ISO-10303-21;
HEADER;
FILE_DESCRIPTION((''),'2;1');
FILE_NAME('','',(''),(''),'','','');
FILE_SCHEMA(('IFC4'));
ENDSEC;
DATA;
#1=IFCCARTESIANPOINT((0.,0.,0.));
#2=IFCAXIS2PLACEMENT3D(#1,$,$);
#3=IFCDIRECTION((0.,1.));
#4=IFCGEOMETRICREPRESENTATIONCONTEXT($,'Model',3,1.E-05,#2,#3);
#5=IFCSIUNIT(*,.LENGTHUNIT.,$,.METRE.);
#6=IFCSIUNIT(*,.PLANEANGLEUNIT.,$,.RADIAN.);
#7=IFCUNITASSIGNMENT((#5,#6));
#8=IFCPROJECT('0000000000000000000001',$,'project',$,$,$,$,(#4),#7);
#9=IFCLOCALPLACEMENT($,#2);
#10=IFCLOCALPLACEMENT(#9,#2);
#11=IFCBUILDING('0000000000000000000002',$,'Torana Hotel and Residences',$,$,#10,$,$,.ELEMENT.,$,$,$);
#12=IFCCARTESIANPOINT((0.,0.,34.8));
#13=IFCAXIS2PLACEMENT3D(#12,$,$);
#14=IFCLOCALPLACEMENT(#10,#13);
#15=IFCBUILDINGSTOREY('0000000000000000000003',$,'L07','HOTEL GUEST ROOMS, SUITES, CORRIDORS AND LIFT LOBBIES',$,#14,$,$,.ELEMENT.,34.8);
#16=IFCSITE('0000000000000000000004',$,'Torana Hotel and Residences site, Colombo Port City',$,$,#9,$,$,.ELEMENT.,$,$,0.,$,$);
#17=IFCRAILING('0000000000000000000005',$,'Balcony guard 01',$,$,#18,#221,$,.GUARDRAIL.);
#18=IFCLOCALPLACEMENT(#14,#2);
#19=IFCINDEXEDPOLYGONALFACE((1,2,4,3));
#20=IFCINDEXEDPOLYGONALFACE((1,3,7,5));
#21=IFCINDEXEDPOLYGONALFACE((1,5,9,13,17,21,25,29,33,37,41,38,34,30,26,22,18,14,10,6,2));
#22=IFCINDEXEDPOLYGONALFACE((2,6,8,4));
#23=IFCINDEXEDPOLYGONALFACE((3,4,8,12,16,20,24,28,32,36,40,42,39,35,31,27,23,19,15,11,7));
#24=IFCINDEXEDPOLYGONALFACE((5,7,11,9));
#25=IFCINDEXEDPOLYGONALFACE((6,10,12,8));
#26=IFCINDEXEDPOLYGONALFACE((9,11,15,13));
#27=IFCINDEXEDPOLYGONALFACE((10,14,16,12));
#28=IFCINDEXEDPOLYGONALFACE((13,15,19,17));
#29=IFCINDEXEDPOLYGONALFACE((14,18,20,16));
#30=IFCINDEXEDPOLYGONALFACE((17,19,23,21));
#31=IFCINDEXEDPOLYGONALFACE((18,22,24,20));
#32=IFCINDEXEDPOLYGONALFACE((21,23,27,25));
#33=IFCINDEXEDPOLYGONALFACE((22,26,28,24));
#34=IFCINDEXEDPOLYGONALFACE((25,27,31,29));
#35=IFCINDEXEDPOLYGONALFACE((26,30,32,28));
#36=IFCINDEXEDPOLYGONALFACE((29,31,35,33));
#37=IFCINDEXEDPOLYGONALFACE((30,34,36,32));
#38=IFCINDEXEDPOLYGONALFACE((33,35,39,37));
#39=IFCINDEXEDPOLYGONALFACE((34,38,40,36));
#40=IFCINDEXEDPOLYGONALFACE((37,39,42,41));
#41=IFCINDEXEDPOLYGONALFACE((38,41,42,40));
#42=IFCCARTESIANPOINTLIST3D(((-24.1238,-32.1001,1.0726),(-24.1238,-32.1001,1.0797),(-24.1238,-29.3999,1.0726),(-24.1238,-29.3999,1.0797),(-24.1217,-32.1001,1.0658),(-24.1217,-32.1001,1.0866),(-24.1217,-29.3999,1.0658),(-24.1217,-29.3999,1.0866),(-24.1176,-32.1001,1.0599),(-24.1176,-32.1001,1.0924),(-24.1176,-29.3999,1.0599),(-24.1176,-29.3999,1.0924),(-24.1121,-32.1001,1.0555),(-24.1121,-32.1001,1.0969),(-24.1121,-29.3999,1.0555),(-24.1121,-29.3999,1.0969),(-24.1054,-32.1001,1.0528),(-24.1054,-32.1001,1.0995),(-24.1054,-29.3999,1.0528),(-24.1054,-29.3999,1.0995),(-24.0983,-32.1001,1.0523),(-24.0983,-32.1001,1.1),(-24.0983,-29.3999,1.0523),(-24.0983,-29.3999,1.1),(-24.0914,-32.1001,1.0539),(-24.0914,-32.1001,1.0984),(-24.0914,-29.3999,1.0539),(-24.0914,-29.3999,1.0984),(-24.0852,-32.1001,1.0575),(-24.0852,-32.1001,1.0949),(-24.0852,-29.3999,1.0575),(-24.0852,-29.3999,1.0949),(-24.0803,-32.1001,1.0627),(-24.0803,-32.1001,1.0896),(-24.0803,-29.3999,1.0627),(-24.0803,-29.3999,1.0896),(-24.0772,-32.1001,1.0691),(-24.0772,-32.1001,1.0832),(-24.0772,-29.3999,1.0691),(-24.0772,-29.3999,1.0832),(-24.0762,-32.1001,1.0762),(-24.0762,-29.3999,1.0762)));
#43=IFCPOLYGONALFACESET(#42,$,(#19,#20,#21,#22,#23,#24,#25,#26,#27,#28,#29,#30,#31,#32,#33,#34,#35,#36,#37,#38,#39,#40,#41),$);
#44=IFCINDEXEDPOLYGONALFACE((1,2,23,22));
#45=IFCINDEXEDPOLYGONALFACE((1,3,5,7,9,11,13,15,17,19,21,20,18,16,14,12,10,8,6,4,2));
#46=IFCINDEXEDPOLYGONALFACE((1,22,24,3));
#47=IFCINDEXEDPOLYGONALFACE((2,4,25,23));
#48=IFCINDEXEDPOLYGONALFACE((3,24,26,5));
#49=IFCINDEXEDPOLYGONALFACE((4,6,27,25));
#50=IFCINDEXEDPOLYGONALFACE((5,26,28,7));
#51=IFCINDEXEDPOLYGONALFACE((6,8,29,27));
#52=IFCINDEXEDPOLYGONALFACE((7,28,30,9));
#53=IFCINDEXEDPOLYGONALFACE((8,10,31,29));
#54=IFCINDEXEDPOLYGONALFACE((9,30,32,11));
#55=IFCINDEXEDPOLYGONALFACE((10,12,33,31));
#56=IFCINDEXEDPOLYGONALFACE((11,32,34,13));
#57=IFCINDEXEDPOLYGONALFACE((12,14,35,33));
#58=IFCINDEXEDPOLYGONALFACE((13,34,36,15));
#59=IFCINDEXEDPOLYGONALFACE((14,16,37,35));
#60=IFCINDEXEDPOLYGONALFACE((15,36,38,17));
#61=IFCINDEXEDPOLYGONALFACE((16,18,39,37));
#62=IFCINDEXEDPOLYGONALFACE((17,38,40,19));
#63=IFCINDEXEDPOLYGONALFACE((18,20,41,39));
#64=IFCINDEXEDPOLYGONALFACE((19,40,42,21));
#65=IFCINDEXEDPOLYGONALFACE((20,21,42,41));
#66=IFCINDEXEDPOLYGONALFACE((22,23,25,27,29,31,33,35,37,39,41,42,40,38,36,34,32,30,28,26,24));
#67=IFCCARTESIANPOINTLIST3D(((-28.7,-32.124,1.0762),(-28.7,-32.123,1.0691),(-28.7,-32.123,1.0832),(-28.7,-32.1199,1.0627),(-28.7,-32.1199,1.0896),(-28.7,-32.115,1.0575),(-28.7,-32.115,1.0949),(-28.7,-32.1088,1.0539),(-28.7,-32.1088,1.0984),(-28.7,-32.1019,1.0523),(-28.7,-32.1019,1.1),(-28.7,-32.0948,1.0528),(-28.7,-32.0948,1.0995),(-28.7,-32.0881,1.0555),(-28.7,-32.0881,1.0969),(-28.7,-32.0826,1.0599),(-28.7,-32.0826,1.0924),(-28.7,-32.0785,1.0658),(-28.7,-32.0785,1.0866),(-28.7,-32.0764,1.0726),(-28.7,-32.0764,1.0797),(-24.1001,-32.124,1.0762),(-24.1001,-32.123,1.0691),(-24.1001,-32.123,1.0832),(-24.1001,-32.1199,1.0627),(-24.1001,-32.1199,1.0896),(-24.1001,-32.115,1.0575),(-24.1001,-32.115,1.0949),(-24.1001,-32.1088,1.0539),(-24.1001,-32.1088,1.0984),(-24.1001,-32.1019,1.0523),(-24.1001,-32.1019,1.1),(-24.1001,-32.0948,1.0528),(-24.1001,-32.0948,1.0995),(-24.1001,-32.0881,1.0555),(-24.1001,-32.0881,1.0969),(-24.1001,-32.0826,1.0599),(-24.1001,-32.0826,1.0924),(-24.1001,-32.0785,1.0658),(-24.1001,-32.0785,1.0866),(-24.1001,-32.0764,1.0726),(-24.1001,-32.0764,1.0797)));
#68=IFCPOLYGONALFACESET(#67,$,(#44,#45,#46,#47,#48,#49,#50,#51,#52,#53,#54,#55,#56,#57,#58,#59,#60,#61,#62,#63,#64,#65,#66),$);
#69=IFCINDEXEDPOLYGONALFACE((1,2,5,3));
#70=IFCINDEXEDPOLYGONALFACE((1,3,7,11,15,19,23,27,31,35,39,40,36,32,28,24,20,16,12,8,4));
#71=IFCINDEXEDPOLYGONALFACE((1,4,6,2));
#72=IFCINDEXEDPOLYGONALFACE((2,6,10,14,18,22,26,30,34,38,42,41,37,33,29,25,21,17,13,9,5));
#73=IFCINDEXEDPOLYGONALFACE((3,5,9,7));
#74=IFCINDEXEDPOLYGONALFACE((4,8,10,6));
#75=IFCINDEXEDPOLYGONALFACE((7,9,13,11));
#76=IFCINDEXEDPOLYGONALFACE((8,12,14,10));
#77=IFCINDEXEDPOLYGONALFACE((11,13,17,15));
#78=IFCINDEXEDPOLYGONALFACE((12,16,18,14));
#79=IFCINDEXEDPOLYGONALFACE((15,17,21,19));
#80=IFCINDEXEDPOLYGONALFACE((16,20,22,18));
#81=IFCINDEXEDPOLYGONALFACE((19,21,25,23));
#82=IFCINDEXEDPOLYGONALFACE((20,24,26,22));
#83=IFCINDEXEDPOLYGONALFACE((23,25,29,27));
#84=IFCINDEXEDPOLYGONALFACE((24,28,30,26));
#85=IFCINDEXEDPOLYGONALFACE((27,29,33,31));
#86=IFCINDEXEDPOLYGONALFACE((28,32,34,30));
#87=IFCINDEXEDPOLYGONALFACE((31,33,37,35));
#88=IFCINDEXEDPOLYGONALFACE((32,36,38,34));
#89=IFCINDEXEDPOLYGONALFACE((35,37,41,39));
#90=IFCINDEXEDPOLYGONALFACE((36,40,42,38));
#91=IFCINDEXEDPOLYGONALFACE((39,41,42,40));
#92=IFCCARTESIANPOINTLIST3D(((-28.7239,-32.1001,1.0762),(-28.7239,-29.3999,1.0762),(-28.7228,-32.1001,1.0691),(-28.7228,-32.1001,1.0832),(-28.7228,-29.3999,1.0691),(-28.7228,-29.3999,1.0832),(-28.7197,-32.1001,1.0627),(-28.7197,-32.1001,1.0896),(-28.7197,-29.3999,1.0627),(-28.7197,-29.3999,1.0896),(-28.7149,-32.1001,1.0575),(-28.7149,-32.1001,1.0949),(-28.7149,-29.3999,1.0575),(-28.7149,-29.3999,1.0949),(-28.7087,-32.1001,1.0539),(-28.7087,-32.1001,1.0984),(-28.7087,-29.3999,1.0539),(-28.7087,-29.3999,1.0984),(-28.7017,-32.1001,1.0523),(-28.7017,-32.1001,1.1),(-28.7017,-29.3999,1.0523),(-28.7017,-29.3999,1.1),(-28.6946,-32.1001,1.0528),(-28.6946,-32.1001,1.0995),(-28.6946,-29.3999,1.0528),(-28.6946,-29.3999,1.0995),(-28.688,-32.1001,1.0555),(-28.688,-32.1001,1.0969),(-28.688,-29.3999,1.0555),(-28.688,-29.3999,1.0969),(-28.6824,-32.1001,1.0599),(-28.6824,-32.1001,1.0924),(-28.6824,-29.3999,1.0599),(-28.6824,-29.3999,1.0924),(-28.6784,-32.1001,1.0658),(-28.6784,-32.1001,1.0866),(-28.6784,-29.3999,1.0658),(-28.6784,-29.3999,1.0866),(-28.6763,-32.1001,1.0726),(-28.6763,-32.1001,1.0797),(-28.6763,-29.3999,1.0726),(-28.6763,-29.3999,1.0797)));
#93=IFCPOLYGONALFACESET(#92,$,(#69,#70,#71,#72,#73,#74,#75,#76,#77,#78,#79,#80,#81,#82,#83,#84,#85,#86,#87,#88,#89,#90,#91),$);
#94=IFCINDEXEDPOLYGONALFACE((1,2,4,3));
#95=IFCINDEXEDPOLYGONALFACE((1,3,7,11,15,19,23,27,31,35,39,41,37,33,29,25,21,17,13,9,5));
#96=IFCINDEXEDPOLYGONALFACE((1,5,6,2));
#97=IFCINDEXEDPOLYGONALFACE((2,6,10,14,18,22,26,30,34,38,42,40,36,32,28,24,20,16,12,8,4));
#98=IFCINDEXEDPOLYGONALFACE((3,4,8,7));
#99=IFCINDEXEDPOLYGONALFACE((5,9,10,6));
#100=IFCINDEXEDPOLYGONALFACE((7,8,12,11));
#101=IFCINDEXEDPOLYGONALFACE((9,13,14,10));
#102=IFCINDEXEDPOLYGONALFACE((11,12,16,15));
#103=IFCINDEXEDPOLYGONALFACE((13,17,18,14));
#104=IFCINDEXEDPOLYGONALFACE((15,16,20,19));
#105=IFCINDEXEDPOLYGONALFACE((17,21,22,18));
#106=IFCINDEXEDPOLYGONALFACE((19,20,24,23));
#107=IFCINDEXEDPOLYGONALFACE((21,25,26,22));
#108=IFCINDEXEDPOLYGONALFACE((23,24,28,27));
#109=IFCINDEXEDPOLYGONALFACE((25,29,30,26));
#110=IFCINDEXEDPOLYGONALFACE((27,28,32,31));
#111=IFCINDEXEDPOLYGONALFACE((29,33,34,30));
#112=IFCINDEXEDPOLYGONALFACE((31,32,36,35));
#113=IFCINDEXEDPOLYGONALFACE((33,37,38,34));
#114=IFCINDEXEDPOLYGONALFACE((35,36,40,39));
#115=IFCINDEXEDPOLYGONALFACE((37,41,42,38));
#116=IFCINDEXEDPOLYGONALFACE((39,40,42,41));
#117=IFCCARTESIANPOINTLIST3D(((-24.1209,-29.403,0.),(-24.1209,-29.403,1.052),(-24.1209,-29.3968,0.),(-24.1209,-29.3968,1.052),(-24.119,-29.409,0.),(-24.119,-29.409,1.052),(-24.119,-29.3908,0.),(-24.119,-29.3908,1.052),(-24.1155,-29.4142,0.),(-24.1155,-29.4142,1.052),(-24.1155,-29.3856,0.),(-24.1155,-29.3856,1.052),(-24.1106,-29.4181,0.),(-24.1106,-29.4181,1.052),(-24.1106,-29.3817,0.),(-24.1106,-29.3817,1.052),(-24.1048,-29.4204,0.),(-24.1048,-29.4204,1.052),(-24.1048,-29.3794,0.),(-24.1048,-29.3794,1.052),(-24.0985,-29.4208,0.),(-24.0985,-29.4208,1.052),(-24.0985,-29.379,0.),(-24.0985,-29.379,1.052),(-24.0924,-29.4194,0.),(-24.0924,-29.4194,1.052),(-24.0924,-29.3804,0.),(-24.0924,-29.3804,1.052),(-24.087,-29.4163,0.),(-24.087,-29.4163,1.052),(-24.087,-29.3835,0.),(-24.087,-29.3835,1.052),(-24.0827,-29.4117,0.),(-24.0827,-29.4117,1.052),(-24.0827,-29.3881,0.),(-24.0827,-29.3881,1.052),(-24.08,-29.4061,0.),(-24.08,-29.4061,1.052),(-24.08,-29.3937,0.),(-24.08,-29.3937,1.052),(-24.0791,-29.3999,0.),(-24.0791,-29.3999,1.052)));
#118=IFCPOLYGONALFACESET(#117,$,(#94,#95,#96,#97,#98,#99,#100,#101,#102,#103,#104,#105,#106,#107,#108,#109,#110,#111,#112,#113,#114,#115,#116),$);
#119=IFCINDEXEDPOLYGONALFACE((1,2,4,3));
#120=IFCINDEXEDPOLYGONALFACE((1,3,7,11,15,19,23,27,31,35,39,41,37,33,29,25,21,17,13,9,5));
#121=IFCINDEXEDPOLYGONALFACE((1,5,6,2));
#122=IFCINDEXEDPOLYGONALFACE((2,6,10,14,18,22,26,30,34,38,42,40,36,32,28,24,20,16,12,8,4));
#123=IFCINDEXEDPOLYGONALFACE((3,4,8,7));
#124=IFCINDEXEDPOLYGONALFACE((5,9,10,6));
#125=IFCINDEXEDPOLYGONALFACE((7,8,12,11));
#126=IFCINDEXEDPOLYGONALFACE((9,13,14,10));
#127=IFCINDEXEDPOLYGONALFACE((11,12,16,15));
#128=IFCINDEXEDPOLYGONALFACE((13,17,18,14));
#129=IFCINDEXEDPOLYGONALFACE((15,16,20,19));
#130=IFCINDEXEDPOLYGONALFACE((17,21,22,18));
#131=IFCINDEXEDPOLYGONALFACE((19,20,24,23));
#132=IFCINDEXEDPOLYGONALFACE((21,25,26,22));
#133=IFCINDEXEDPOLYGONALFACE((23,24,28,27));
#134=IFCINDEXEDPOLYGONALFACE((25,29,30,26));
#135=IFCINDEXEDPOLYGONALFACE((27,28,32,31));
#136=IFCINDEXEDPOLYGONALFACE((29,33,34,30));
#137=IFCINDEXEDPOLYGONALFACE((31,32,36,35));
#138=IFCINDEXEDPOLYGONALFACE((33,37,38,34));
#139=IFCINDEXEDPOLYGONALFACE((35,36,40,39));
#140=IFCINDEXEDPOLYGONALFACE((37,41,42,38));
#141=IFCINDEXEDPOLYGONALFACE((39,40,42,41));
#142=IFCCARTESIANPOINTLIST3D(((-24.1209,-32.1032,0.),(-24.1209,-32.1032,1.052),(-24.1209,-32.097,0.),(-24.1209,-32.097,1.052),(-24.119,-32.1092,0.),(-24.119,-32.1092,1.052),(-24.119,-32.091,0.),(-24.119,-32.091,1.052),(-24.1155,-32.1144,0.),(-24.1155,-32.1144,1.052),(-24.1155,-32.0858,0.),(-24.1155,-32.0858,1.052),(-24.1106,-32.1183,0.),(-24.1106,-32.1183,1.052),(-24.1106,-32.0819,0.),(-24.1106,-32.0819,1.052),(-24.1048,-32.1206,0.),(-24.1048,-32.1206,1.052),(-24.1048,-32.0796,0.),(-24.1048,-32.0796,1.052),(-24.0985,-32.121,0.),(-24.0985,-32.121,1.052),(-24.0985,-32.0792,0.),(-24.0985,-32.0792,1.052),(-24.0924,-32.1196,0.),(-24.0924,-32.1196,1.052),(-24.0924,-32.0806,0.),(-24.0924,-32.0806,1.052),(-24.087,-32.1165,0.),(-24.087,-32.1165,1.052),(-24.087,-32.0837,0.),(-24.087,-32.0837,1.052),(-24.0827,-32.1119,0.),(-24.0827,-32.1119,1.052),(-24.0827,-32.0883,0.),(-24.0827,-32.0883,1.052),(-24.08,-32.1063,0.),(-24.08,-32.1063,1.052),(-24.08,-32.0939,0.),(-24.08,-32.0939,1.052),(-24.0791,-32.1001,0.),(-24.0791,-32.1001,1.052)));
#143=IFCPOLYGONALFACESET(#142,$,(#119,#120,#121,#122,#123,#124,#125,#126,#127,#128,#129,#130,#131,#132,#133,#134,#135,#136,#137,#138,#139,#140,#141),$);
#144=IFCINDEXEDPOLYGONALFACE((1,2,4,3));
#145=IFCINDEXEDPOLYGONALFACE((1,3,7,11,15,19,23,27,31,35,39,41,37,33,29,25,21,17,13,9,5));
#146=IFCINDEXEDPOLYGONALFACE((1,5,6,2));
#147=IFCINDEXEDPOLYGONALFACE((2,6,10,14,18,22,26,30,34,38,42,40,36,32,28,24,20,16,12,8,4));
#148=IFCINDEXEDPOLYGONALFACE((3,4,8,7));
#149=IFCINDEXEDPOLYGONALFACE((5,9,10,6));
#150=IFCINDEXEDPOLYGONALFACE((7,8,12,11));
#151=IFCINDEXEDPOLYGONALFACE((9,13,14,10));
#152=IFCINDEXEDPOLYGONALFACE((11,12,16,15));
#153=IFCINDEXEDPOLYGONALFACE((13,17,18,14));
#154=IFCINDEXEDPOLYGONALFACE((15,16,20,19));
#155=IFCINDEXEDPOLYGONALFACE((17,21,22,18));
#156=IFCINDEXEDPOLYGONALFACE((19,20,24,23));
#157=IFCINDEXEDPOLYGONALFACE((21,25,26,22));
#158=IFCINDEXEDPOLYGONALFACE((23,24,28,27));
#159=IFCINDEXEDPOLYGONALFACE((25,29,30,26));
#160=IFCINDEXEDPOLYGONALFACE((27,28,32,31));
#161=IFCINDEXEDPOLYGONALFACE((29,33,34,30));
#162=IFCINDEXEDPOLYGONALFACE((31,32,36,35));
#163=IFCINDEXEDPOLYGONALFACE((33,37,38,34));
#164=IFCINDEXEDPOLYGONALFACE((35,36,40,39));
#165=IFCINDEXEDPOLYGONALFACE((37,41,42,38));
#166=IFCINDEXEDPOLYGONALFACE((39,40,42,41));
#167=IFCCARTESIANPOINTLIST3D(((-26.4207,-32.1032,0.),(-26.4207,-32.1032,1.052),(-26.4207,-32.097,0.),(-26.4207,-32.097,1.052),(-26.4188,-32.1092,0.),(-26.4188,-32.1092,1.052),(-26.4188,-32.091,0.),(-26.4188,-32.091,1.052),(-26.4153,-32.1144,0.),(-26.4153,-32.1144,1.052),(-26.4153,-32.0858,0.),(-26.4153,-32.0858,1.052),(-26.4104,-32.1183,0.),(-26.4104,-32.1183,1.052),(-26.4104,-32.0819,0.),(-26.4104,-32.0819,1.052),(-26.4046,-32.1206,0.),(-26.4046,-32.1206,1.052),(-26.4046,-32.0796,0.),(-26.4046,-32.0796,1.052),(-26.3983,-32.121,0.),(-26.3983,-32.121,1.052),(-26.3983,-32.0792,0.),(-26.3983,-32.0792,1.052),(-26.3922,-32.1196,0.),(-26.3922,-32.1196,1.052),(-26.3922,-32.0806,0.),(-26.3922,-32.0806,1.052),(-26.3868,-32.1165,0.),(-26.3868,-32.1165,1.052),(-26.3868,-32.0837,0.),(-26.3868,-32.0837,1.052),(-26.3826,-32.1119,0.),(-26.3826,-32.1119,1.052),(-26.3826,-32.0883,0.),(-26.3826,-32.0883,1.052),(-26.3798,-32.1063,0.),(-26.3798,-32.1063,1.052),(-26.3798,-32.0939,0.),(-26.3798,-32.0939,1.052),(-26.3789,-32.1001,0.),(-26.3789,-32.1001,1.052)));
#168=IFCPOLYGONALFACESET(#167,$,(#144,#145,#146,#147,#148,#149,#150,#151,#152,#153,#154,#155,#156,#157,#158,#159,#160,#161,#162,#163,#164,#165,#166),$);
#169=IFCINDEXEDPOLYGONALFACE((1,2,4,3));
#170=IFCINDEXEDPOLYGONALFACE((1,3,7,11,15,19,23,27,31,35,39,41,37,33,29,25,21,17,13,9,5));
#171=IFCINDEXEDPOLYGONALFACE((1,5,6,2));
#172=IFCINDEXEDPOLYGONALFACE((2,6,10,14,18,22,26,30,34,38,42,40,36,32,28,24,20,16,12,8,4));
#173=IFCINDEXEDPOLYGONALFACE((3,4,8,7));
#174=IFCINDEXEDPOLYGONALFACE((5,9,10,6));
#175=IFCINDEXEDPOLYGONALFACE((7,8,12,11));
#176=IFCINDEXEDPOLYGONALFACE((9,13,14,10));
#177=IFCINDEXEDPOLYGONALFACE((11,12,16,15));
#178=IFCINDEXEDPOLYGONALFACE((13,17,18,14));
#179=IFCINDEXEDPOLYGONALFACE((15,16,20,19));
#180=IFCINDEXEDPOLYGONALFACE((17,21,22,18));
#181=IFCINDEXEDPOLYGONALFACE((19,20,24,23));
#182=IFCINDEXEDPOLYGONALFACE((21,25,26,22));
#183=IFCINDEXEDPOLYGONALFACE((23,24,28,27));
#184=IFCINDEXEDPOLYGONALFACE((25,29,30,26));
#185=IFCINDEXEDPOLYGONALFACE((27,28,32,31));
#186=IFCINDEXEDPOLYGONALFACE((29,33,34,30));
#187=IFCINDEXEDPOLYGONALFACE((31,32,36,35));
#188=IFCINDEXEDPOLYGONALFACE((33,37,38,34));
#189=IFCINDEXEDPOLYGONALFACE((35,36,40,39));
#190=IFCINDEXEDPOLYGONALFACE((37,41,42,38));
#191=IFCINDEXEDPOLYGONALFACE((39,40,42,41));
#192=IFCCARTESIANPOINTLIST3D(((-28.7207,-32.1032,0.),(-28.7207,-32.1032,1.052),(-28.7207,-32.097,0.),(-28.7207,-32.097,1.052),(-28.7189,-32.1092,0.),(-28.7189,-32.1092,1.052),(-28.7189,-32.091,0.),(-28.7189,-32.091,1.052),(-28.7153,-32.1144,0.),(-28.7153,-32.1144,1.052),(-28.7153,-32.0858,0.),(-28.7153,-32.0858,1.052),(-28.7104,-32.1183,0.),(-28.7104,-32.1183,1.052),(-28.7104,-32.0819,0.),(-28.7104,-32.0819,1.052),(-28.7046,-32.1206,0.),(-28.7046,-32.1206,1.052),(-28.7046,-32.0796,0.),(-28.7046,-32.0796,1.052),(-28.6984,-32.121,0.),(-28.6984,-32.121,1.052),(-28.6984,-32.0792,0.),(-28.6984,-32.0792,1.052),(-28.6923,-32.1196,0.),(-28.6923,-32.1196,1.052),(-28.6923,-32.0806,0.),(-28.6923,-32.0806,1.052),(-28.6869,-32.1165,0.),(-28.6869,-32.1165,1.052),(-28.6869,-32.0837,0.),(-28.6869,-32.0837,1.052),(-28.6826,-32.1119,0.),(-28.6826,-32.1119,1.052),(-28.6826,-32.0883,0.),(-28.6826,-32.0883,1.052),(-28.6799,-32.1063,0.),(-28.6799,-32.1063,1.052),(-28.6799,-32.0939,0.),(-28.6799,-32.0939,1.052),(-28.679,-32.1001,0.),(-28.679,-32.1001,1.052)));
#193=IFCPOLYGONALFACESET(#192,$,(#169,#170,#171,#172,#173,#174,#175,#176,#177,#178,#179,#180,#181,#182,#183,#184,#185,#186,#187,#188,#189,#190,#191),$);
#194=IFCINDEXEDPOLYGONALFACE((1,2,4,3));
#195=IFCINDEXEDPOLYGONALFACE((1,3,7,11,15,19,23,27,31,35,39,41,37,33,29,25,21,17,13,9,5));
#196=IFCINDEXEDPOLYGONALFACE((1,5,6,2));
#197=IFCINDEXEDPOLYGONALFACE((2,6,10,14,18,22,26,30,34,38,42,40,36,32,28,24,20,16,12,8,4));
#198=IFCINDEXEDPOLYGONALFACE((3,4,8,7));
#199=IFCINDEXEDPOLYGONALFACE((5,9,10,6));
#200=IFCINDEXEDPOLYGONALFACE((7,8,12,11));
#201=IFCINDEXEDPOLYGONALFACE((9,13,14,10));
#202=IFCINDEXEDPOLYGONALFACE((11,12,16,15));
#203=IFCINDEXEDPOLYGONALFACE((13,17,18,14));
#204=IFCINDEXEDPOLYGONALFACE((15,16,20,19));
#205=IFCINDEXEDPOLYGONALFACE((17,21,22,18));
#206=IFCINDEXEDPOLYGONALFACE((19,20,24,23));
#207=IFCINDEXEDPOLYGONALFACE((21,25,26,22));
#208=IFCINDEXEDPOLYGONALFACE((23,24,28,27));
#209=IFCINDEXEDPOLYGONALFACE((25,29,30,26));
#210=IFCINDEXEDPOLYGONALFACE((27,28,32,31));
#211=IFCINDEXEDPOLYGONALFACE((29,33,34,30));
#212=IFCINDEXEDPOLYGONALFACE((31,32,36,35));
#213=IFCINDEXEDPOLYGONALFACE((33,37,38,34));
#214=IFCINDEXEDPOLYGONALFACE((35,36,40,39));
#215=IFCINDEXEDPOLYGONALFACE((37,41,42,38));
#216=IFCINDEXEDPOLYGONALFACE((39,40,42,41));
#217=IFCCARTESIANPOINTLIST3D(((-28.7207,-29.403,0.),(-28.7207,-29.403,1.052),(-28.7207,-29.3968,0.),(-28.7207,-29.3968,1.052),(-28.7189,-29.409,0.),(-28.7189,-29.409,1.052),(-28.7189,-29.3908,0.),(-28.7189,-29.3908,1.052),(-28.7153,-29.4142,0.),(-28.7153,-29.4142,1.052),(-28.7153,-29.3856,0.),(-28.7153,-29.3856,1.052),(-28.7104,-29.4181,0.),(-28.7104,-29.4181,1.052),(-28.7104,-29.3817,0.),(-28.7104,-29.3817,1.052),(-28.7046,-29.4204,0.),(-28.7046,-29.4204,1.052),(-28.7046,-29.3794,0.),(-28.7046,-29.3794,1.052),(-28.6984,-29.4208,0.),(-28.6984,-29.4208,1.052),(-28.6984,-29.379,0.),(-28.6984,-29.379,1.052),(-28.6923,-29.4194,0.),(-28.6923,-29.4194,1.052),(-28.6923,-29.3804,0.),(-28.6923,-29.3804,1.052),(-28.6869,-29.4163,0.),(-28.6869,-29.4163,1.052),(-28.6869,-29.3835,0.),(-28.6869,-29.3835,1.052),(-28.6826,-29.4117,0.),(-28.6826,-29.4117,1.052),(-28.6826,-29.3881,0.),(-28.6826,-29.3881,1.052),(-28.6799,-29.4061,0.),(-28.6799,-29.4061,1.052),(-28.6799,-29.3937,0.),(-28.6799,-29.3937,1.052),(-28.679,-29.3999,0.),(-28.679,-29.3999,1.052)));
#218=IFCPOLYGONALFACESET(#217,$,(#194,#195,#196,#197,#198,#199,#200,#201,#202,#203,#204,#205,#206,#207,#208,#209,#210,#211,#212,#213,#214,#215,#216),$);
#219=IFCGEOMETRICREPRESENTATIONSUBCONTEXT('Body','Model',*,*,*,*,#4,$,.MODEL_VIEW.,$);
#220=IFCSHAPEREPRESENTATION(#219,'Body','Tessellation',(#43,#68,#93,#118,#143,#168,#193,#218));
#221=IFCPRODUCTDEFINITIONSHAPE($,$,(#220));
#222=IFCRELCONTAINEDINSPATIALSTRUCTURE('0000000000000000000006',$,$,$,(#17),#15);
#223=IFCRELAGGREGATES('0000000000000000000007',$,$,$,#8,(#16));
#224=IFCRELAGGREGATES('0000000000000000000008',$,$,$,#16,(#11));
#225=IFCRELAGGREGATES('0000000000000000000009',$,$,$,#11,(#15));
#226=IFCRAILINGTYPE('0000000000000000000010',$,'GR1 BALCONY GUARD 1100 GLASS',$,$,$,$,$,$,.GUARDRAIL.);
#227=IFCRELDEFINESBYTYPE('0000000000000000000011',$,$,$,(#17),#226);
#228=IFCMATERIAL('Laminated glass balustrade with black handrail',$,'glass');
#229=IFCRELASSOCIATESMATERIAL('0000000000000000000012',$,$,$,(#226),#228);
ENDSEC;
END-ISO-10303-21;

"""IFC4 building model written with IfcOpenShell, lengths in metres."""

from ifc_helpers import new_model, si_unit, direction, frame, origin, origin_2d, place, context, subcontext, project, spatial, circle, extrude, material, type_object, element, save


model = new_model("IFC4")

# Units and contexts
model_context = context("Model", 3, precision=1e-05, world=origin(), true_north=direction((0.0, 1.0)))
body_context = subcontext(model_context, "Body", "Model", "MODEL_VIEW")
ifc_project = project(units=[si_unit("LENGTHUNIT", "METRE"), si_unit("PLANEANGLEUNIT", "RADIAN")], contexts=[model_context])

# Site, building, storey
site_placement = place(None, origin())
site = spatial("IfcSite", under=ifc_project, at=site_placement, Name="Torana Hotel and Residences site, Colombo Port City", CompositionType="ELEMENT", RefElevation=0.0)
building_placement = place(site_placement, origin())
building = spatial("IfcBuilding", under=site, at=building_placement, Name="Torana Hotel and Residences", CompositionType="ELEMENT")
storey_placement = place(building_placement, frame((0.0, 0.0, 34.8)))
storey = spatial("IfcBuildingStorey", under=building, at=storey_placement, Name="L07", Description="HOTEL GUEST ROOMS, SUITES, CORRIDORS AND LIFT LOBBIES", CompositionType="ELEMENT", Elevation=34.8)

# Railing
ifc_material_1 = material(Name="Laminated glass balustrade with black handrail", Category="glass")
railing_type = type_object("IfcRailingType", Name="GR1 BALCONY GUARD 1100 GLASS", PredefinedType="GUARDRAIL", material=ifc_material_1)
railing_placement = place(storey_placement, frame((-24.1001, -29.3999, 0.0)))
element("IfcRailing", 1, at=railing_placement, inside=storey, type_object=railing_type, Name="Balcony guard 01", PredefinedType="GUARDRAIL", context=body_context, shape_type="SweptSolid", body=[
    extrude(circle(Radius=0.0239, at=origin_2d()), frame((0.0, 0.0, 1.0762), z_axis=(0.0, -1.0, 0.0), x_axis=(1.0, 0.0, 0.0)), (0.0, 0.0, 1.0), 2.7002),
    extrude(circle(Radius=0.0239, at=origin_2d()), frame((0.0, -2.7002, 1.0762), z_axis=(-1.0, 0.0, 0.0), x_axis=(0.0, -1.0, 0.0)), (0.0, 0.0, 1.0), 4.5999),
    extrude(circle(Radius=0.0239, at=origin_2d()), frame((-4.5999, -2.7002, 1.0762), z_axis=(0.0, 1.0, 0.0), x_axis=(-1.0, 0.0, 0.0)), (0.0, 0.0, 1.0), 2.7002),
    extrude(circle(Radius=0.021, at=origin_2d()), origin(), (0.0, 0.0, 1.0), 1.052),
    extrude(circle(Radius=0.021, at=origin_2d()), frame((0.0, -2.7002, 0.0)), (0.0, 0.0, 1.0), 1.052),
    extrude(circle(Radius=0.021, at=origin_2d()), frame((-2.2998, -2.7002, 0.0)), (0.0, 0.0, 1.0), 1.052),
    extrude(circle(Radius=0.021, at=origin_2d()), frame((-4.5999, -2.7002, 0.0)), (0.0, 0.0, 1.0), 1.052),
    extrude(circle(Radius=0.021, at=origin_2d()), frame((-4.5999, 0.0, 0.0)), (0.0, 0.0, 1.0), 1.052),
])

save(model, "model.ifc")
